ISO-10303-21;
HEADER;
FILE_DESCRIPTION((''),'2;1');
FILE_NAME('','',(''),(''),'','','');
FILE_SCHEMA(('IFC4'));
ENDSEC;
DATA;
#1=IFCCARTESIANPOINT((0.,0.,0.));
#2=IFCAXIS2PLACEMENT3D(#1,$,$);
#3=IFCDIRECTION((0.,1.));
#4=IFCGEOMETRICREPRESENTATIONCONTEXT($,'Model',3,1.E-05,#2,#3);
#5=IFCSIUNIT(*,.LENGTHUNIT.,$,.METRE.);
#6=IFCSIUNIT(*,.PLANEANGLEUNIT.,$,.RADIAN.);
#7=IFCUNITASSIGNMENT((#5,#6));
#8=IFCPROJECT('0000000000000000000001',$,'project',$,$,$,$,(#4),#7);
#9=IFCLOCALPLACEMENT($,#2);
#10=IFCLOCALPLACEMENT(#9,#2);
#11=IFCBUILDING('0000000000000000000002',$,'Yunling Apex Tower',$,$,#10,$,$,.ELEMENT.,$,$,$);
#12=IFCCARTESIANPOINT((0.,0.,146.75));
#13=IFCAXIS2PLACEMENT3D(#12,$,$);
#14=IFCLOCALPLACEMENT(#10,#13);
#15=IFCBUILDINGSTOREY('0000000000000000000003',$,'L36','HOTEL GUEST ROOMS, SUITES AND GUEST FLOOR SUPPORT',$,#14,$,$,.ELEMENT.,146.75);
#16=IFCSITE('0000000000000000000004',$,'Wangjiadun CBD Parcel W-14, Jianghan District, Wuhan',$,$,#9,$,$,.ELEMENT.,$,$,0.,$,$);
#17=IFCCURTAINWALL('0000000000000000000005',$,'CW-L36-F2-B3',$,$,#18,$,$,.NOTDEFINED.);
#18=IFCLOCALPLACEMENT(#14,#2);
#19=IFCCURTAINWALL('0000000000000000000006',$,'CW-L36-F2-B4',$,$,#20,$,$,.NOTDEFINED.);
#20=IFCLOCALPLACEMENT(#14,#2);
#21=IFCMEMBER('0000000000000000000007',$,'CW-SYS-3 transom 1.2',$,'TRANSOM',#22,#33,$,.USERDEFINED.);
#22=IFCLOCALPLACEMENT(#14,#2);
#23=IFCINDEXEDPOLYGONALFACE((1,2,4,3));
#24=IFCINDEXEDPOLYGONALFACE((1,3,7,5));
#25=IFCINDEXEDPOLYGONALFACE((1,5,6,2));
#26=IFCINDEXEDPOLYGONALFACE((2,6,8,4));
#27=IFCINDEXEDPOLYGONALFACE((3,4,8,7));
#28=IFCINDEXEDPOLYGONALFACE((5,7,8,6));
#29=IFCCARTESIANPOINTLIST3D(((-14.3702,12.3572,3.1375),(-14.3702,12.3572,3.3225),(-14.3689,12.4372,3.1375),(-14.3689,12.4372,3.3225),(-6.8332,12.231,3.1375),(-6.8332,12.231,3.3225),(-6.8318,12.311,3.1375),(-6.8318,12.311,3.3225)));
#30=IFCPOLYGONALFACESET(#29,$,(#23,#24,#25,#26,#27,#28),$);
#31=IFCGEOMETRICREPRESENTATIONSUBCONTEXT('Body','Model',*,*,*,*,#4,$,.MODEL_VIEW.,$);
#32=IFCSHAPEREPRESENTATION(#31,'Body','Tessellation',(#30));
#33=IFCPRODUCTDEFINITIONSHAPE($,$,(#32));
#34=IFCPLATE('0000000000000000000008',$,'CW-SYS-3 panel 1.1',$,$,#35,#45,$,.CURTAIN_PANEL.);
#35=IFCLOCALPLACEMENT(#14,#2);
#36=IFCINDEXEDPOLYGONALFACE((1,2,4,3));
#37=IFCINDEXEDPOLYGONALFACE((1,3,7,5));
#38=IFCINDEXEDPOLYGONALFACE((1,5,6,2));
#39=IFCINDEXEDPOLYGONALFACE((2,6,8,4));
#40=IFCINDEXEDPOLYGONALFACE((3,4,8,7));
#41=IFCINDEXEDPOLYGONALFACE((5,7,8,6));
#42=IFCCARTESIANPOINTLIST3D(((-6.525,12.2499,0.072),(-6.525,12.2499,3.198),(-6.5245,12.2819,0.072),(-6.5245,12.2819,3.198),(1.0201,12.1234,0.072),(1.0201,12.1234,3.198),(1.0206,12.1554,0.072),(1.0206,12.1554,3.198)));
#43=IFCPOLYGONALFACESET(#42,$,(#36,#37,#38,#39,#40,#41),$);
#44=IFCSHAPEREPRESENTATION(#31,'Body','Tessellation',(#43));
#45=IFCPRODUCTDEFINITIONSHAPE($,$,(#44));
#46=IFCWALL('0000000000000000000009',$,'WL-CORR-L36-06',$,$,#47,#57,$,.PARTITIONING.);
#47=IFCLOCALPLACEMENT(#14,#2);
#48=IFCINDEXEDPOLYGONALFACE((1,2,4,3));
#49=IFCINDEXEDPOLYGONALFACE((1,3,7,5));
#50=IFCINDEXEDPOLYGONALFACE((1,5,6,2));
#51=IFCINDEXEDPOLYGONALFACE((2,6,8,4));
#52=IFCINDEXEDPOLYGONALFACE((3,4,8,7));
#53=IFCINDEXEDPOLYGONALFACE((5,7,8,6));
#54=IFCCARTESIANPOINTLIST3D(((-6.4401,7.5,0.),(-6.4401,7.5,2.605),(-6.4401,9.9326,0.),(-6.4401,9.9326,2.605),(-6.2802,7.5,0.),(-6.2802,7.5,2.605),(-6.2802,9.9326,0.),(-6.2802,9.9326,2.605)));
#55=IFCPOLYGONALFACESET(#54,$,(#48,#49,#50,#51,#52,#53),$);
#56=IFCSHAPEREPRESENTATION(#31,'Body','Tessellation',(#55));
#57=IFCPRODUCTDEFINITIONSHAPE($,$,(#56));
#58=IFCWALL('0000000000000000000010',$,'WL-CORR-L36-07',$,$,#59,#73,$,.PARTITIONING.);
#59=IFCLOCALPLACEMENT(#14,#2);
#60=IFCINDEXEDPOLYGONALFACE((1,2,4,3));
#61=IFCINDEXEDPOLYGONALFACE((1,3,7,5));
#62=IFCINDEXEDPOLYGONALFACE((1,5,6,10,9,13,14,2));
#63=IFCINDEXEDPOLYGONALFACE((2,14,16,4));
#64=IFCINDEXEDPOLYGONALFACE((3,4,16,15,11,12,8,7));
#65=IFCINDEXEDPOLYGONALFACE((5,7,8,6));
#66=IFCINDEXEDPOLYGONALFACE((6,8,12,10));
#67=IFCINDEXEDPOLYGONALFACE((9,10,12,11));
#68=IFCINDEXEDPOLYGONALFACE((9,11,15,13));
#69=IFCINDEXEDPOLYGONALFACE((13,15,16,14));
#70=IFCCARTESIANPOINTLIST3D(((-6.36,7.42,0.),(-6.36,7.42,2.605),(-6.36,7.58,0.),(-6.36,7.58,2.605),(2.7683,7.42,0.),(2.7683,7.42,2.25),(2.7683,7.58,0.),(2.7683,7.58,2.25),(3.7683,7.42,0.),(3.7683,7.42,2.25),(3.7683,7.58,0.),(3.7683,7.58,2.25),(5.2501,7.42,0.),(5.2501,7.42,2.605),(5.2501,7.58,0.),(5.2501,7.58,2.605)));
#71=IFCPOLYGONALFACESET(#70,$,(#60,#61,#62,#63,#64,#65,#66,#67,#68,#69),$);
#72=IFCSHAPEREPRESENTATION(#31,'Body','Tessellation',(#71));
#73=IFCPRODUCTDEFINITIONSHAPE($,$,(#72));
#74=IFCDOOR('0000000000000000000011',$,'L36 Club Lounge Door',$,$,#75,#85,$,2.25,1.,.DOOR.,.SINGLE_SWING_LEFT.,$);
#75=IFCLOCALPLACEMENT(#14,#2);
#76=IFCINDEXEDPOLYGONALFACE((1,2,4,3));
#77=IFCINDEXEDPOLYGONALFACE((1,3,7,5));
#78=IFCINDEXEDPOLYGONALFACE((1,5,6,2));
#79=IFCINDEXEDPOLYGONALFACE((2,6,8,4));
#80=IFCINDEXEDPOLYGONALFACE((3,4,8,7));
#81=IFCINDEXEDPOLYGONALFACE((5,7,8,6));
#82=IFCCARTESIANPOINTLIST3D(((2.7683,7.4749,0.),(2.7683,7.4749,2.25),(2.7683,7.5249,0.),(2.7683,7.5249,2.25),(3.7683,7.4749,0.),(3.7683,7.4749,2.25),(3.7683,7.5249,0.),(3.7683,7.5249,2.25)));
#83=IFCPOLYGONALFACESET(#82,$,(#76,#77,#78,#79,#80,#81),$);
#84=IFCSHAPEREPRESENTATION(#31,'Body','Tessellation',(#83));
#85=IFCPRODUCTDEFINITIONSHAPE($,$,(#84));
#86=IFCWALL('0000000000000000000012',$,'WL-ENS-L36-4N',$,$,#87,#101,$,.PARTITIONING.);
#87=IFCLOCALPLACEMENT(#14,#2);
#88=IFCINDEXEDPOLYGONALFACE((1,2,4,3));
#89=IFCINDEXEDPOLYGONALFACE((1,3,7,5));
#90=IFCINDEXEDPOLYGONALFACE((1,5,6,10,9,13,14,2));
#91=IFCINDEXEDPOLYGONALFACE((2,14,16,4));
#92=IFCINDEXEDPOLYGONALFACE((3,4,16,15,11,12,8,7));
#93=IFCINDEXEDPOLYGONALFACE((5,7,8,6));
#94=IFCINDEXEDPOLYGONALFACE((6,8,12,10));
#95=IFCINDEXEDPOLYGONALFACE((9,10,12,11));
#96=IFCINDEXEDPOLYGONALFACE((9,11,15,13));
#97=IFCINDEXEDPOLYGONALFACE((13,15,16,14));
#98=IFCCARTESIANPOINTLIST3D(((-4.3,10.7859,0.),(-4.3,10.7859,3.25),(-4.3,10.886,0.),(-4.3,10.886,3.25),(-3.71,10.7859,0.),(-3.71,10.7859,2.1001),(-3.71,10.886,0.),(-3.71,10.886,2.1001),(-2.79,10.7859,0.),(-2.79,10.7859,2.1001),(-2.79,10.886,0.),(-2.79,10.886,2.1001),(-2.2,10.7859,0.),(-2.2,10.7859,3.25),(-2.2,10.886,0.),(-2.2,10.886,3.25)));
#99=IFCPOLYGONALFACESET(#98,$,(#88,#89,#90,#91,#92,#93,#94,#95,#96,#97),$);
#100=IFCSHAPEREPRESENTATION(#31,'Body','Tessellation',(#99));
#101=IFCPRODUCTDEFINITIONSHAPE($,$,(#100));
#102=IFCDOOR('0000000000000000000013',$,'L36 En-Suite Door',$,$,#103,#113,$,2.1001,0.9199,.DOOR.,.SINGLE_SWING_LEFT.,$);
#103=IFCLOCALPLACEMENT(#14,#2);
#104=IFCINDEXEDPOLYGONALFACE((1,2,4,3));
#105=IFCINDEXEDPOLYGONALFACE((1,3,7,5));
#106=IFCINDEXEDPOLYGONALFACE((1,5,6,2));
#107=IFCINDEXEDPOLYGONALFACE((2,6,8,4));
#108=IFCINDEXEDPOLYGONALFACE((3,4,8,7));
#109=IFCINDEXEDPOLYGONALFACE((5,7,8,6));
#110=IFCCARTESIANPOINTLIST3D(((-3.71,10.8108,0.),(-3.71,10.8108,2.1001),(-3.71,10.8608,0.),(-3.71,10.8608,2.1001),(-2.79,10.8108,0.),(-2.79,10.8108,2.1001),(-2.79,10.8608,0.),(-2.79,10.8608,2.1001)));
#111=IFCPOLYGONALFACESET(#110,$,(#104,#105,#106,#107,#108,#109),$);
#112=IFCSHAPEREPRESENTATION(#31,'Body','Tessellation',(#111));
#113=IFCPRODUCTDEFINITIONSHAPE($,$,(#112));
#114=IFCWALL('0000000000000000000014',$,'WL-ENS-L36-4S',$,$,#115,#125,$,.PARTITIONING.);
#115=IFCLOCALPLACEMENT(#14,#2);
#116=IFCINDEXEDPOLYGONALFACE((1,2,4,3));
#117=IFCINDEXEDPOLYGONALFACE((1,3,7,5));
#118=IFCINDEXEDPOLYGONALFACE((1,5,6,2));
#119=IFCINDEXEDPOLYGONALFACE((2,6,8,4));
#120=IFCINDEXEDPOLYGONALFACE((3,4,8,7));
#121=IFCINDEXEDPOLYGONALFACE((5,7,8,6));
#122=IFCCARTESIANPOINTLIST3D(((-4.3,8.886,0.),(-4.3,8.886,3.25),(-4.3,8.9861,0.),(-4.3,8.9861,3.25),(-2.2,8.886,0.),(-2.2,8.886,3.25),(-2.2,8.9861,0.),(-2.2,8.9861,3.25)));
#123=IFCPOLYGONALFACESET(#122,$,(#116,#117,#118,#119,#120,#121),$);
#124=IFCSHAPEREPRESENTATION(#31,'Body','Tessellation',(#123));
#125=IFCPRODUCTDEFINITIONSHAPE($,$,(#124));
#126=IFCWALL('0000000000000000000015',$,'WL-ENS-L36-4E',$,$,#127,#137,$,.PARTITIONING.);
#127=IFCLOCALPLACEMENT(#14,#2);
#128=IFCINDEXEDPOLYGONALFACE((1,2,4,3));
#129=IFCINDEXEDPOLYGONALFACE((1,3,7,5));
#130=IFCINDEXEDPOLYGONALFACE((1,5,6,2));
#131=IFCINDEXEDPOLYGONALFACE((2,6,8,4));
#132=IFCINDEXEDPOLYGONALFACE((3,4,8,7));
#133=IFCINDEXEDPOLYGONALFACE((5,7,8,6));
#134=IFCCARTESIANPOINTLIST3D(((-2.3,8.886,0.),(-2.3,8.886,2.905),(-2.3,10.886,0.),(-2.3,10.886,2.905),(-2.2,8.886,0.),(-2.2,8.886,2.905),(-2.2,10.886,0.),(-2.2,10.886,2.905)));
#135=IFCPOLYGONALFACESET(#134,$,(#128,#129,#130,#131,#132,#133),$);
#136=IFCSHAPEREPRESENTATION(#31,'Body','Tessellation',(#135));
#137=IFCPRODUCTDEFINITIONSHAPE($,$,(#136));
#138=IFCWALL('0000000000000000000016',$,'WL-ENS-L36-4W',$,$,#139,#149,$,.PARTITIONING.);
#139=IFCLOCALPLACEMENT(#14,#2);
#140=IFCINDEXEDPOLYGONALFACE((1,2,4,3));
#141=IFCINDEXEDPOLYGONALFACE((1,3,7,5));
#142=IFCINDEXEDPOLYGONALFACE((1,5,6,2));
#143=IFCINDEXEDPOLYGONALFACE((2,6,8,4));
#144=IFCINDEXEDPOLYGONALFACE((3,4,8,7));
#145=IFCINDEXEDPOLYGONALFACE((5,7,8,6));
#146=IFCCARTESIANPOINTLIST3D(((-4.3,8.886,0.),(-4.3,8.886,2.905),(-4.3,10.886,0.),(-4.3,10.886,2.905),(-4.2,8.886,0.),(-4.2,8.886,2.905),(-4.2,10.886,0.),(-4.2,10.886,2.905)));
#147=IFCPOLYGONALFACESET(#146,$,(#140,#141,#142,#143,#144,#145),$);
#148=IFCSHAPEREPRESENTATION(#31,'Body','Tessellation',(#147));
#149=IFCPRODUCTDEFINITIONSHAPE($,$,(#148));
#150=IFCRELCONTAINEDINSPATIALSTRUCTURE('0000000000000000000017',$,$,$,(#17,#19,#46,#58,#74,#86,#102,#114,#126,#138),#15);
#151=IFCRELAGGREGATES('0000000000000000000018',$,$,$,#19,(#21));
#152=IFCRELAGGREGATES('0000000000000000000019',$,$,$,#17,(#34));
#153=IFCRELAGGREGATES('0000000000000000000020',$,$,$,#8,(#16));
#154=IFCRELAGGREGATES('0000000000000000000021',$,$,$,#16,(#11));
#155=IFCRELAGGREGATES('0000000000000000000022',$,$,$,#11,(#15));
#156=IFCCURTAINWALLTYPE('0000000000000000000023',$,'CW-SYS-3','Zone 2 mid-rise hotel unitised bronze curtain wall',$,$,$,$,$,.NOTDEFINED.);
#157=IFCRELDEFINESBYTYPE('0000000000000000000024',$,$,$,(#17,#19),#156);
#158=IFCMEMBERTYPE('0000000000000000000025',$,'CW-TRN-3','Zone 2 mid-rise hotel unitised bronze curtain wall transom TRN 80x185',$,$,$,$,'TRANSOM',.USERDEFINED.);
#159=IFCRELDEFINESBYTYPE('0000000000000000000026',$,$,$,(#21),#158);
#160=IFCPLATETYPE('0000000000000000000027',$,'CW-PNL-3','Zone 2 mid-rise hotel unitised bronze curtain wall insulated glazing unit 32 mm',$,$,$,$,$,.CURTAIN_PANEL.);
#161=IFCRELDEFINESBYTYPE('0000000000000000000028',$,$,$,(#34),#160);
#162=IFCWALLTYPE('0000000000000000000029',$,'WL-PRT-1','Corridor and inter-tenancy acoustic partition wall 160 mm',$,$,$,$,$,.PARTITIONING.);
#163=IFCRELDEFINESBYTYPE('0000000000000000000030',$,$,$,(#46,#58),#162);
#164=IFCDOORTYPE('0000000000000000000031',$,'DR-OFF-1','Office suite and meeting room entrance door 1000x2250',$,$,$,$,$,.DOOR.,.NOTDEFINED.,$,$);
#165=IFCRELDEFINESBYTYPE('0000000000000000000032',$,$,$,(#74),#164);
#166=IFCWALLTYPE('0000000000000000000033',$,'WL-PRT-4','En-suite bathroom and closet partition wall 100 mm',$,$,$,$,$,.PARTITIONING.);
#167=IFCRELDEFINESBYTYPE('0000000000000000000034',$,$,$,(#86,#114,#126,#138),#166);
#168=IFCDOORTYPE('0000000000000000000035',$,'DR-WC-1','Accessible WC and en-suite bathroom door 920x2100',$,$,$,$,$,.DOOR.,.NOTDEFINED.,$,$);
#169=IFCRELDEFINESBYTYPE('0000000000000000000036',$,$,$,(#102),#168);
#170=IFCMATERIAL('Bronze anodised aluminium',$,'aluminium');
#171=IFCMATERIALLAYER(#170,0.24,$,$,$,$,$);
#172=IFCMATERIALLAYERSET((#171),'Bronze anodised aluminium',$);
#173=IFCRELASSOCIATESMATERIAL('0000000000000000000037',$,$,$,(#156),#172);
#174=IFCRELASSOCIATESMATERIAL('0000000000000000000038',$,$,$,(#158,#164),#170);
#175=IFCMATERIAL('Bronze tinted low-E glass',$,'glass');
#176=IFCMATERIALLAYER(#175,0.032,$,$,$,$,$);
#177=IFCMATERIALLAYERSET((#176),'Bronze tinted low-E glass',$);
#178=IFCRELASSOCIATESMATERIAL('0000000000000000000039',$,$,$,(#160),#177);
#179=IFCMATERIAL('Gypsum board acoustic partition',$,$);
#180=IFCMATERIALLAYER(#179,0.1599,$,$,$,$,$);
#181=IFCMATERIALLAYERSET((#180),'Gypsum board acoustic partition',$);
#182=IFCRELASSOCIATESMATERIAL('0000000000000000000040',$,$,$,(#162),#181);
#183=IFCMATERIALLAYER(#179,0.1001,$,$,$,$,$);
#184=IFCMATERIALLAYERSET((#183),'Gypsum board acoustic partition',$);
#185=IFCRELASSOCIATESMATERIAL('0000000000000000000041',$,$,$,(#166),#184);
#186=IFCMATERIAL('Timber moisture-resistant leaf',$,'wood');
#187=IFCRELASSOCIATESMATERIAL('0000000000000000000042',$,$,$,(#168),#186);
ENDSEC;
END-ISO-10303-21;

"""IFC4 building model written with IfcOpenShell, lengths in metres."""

from ifc_helpers import new_model, si_unit, direction, frame, frame_2d, origin, origin_2d, place, context, subcontext, project, spatial, rectangle, extrude, source, transform, mapped, material, layer, layer_set, material_profile, profile_set, type_object, element, fill, aggregate, save


model = new_model("IFC4")

# Units and contexts
model_context = context("Model", 3, precision=1e-05, world=origin(), true_north=direction((0.0, 1.0)))
body_context = subcontext(model_context, "Body", "Model", "MODEL_VIEW")
ifc_project = project(units=[si_unit("LENGTHUNIT", "METRE"), si_unit("PLANEANGLEUNIT", "RADIAN")], contexts=[model_context])

# Site, building, storey
site_placement = place(None, origin())
site = spatial("IfcSite", under=ifc_project, at=site_placement, Name="Wangjiadun CBD Parcel W-14, Jianghan District, Wuhan", CompositionType="ELEMENT", RefElevation=0.0)
building_placement = place(site_placement, origin())
building = spatial("IfcBuilding", under=site, at=building_placement, Name="Yunling Apex Tower", CompositionType="ELEMENT")
storey_placement = place(building_placement, frame((0.0, 0.0, 146.75)))
storey = spatial("IfcBuildingStorey", under=building, at=storey_placement, Name="L36", Description="HOTEL GUEST ROOMS, SUITES AND GUEST FLOOR SUPPORT", CompositionType="ELEMENT", Elevation=146.75)

# Curtain wall
ifc_material_1 = material(Name="Bronze anodised aluminium", Category="aluminium")
ifc_layer_1 = layer(ifc_material_1, 0.24)
ifc_layer_set_1 = layer_set([ifc_layer_1], Name="Bronze anodised aluminium")
curtain_wall_type = type_object("IfcCurtainWallType", Name="CW-SYS-3", Description="Zone 2 mid-rise hotel unitised bronze curtain wall", PredefinedType="NOTDEFINED", material=ifc_layer_set_1)
curtain_wall_1_placement = place(storey_placement, origin())
curtain_wall_1 = element("IfcCurtainWall", 1, at=curtain_wall_1_placement, inside=storey, type_object=curtain_wall_type, Name="CW-L36-F2-B3", PredefinedType="NOTDEFINED")

# Curtain wall, member
curtain_wall_2_placement = place(storey_placement, origin())
curtain_wall_2 = element("IfcCurtainWall", 2, at=curtain_wall_2_placement, inside=storey, type_object=curtain_wall_type, Name="CW-L36-F2-B4", PredefinedType="NOTDEFINED")
ifc_material_profile_1 = material_profile(ifc_material_1, rectangle(XDim=0.0801, YDim=0.1851, at=origin_2d()))
ifc_profile_set_1 = profile_set([ifc_material_profile_1], Name="Bronze anodised aluminium")
member_type_1 = type_object("IfcMemberType", Name="CW-TRN-3", Description="Zone 2 mid-rise hotel unitised bronze curtain wall transom TRN 80x185", ElementType="TRANSOM", PredefinedType="USERDEFINED", material=ifc_profile_set_1)
shared_shape_1 = source(origin(), body_context, "Body", "SweptSolid", [
    extrude(rectangle(XDim=0.0801, YDim=0.1851, at=origin_2d()), origin(), (0.0, 0.0, 1.0), 7.5381),
])
member_1_placement = place(storey_placement, frame((-6.8325, 12.271, 3.23), z_axis=(-0.99986, 0.016744, 0.0), x_axis=(-0.016744, -0.99986, 0.0)))
member_1 = element("IfcMember", 3, at=member_1_placement, type_object=member_type_1, Name="CW-SYS-3 transom 1.2", ObjectType="TRANSOM", PredefinedType="USERDEFINED", context=body_context, shape_type="MappedRepresentation", body=[
    mapped(shared_shape_1, transform((0.0, 0.0, 0.0), scale=1.0)),
])
aggregate(curtain_wall_2, [member_1])

# Plate
ifc_material_2 = material(Name="Bronze tinted low-E glass", Category="glass")
ifc_layer_2 = layer(ifc_material_2, 0.032)
ifc_layer_set_2 = layer_set([ifc_layer_2], Name="Bronze tinted low-E glass")
plate_type = type_object("IfcPlateType", Name="CW-PNL-3", Description="Zone 2 mid-rise hotel unitised bronze curtain wall insulated glazing unit 32 mm", PredefinedType="CURTAIN_PANEL", material=ifc_layer_set_2)
shared_shape_2 = source(origin(), body_context, "Body", "SweptSolid", [
    extrude(rectangle(XDim=7.5461, YDim=0.032, at=origin_2d()), origin(), (0.0, 0.0, 1.0), 3.126),
])
plate_placement = place(storey_placement, frame((-2.7522, 12.2026, 0.072), z_axis=(0.0, 0.0, 1.0), x_axis=(-0.99986, 0.016762, 0.0)))
plate = element("IfcPlate", 4, at=plate_placement, type_object=plate_type, Name="CW-SYS-3 panel 1.1", PredefinedType="CURTAIN_PANEL", context=body_context, shape_type="MappedRepresentation", body=[
    mapped(shared_shape_2, transform((0.0, 0.0, 0.0), scale=1.0)),
])
aggregate(curtain_wall_1, [plate])

# Wall
ifc_material_3 = material(Name="Gypsum board acoustic partition")
ifc_layer_3 = layer(ifc_material_3, 0.1599)
ifc_layer_set_3 = layer_set([ifc_layer_3], Name="Gypsum board acoustic partition")
wall_type_1 = type_object("IfcWallType", Name="WL-PRT-1", Description="Corridor and inter-tenancy acoustic partition wall 160 mm", PredefinedType="PARTITIONING", material=ifc_layer_set_3)
wall_1_placement = place(storey_placement, frame((-6.3601, 9.9326, 0.0), z_axis=(0.0, 0.0, 1.0), x_axis=(0.0, -1.0, 0.0)))
element("IfcWall", 5, at=wall_1_placement, inside=storey, type_object=wall_type_1, Name="WL-CORR-L36-06", PredefinedType="PARTITIONING", context=body_context, shape_type="SweptSolid", body=[
    extrude(rectangle(XDim=2.4326, YDim=0.1599, at=frame_2d((1.2163, 0.0))), origin(), (0.0, 0.0, 1.0), 2.605),
])

# Walls, openings, doors
wall_2_placement = place(storey_placement, frame((-6.3601, 7.5, 0.0), z_axis=(0.0, 0.0, 1.0), x_axis=(1.0, 0.0, 0.0)))
wall_2 = element("IfcWall", 6, at=wall_2_placement, inside=storey, type_object=wall_type_1, Name="WL-CORR-L36-07", PredefinedType="PARTITIONING", context=body_context, shape_type="SweptSolid", body=[
    extrude(rectangle(XDim=11.6101, YDim=0.1599, at=frame_2d((5.8052, 0.0))), origin(), (0.0, 0.0, 1.0), 2.605),
])
opening_1_placement = place(wall_2_placement, frame((9.1284, 0.0, 0.0)))
opening_1 = element("IfcOpeningElement", 7, at=opening_1_placement, cuts=wall_2, PredefinedType="OPENING", context=body_context, shape_type="SweptSolid", body=[
    extrude(rectangle(XDim=1.0, YDim=2.25, at=frame_2d((0.5, 1.125))), frame((0.0, 0.0898, 0.0), z_axis=(0.0, -1.0, 0.0), x_axis=(1.0, 0.0, 0.0)), (0.0, 0.0, 1.0), 0.1799),
])
door_type_1 = type_object("IfcDoorType", Name="DR-OFF-1", Description="Office suite and meeting room entrance door 1000x2250", OperationType="NOTDEFINED", PredefinedType="DOOR", material=ifc_material_1)
door_1_placement = place(opening_1_placement, origin())
door_1 = element("IfcDoor", 8, at=door_1_placement, inside=storey, type_object=door_type_1, Name="L36 Club Lounge Door", OperationType="SINGLE_SWING_LEFT", OverallHeight=2.25, OverallWidth=1.0, PredefinedType="DOOR", context=body_context, shape_type="SweptSolid", body=[
    extrude(rectangle(XDim=1.0, YDim=2.25, at=frame_2d((0.5, 1.125))), frame((0.0, 0.0249, 0.0), z_axis=(0.0, -1.0, 0.0), x_axis=(1.0, 0.0, 0.0)), (0.0, 0.0, 1.0), 0.05),
])
fill(opening_1, door_1)
ifc_layer_4 = layer(ifc_material_3, 0.1001)
ifc_layer_set_4 = layer_set([ifc_layer_4], Name="Gypsum board acoustic partition")
wall_type_2 = type_object("IfcWallType", Name="WL-PRT-4", Description="En-suite bathroom and closet partition wall 100 mm", PredefinedType="PARTITIONING", material=ifc_layer_set_4)
wall_3_placement = place(storey_placement, frame((-4.3, 10.8359, 0.0), z_axis=(0.0, 0.0, 1.0), x_axis=(1.0, 0.0, 0.0)))
wall_3 = element("IfcWall", 9, at=wall_3_placement, inside=storey, type_object=wall_type_2, Name="WL-ENS-L36-4N", PredefinedType="PARTITIONING", context=body_context, shape_type="SweptSolid", body=[
    extrude(rectangle(XDim=2.1001, YDim=0.1001, at=frame_2d((1.05, 0.0))), origin(), (0.0, 0.0, 1.0), 3.25),
])
opening_2_placement = place(wall_3_placement, frame((0.5901, 0.0, 0.0)))
opening_2 = element("IfcOpeningElement", 10, at=opening_2_placement, cuts=wall_3, PredefinedType="OPENING", context=body_context, shape_type="SweptSolid", body=[
    extrude(rectangle(XDim=0.9199, YDim=2.1001, at=frame_2d((0.46, 1.05))), frame((0.0, 0.0601, 0.0), z_axis=(0.0, -1.0, 0.0), x_axis=(1.0, 0.0, 0.0)), (0.0, 0.0, 1.0), 0.1201),
])
ifc_material_4 = material(Name="Timber moisture-resistant leaf", Category="wood")
door_type_2 = type_object("IfcDoorType", Name="DR-WC-1", Description="Accessible WC and en-suite bathroom door 920x2100", OperationType="NOTDEFINED", PredefinedType="DOOR", material=ifc_material_4)
door_2_placement = place(opening_2_placement, origin())
door_2 = element("IfcDoor", 11, at=door_2_placement, inside=storey, type_object=door_type_2, Name="L36 En-Suite Door", OperationType="SINGLE_SWING_LEFT", OverallHeight=2.1001, OverallWidth=0.9199, PredefinedType="DOOR", context=body_context, shape_type="SweptSolid", body=[
    extrude(rectangle(XDim=0.9199, YDim=2.1001, at=frame_2d((0.46, 1.05))), frame((0.0, 0.0249, 0.0), z_axis=(0.0, -1.0, 0.0), x_axis=(1.0, 0.0, 0.0)), (0.0, 0.0, 1.0), 0.05),
])
fill(opening_2, door_2)

# Walls
wall_4_placement = place(storey_placement, frame((-2.2, 8.936, 0.0), z_axis=(0.0, 0.0, 1.0), x_axis=(-1.0, 0.0, 0.0)))
element("IfcWall", 12, at=wall_4_placement, inside=storey, type_object=wall_type_2, Name="WL-ENS-L36-4S", PredefinedType="PARTITIONING", context=body_context, shape_type="SweptSolid", body=[
    extrude(rectangle(XDim=2.1001, YDim=0.1001, at=frame_2d((1.05, 0.0))), origin(), (0.0, 0.0, 1.0), 3.25),
])
for number, where, z_axis, x_axis, name in (
    (13, (-2.25, 10.886, 0.0), (0.0, 0.0, 1.0), (0.0, -1.0, 0.0), "WL-ENS-L36-4E"),
    (14, (-4.25, 8.886, 0.0), (0.0, 0.0, 1.0), (0.0, 1.0, 0.0), "WL-ENS-L36-4W"),
):
    element("IfcWall", number, at=place(storey_placement, frame(where, z_axis=z_axis, x_axis=x_axis)), inside=storey, type_object=wall_type_2, Name=name, PredefinedType="PARTITIONING", context=body_context, shape_type="SweptSolid", body=[
        extrude(rectangle(XDim=2.0, YDim=0.1001, at=frame_2d((1.0, 0.0))), origin(), (0.0, 0.0, 1.0), 2.905),
    ])

save(model, "model.ifc")
